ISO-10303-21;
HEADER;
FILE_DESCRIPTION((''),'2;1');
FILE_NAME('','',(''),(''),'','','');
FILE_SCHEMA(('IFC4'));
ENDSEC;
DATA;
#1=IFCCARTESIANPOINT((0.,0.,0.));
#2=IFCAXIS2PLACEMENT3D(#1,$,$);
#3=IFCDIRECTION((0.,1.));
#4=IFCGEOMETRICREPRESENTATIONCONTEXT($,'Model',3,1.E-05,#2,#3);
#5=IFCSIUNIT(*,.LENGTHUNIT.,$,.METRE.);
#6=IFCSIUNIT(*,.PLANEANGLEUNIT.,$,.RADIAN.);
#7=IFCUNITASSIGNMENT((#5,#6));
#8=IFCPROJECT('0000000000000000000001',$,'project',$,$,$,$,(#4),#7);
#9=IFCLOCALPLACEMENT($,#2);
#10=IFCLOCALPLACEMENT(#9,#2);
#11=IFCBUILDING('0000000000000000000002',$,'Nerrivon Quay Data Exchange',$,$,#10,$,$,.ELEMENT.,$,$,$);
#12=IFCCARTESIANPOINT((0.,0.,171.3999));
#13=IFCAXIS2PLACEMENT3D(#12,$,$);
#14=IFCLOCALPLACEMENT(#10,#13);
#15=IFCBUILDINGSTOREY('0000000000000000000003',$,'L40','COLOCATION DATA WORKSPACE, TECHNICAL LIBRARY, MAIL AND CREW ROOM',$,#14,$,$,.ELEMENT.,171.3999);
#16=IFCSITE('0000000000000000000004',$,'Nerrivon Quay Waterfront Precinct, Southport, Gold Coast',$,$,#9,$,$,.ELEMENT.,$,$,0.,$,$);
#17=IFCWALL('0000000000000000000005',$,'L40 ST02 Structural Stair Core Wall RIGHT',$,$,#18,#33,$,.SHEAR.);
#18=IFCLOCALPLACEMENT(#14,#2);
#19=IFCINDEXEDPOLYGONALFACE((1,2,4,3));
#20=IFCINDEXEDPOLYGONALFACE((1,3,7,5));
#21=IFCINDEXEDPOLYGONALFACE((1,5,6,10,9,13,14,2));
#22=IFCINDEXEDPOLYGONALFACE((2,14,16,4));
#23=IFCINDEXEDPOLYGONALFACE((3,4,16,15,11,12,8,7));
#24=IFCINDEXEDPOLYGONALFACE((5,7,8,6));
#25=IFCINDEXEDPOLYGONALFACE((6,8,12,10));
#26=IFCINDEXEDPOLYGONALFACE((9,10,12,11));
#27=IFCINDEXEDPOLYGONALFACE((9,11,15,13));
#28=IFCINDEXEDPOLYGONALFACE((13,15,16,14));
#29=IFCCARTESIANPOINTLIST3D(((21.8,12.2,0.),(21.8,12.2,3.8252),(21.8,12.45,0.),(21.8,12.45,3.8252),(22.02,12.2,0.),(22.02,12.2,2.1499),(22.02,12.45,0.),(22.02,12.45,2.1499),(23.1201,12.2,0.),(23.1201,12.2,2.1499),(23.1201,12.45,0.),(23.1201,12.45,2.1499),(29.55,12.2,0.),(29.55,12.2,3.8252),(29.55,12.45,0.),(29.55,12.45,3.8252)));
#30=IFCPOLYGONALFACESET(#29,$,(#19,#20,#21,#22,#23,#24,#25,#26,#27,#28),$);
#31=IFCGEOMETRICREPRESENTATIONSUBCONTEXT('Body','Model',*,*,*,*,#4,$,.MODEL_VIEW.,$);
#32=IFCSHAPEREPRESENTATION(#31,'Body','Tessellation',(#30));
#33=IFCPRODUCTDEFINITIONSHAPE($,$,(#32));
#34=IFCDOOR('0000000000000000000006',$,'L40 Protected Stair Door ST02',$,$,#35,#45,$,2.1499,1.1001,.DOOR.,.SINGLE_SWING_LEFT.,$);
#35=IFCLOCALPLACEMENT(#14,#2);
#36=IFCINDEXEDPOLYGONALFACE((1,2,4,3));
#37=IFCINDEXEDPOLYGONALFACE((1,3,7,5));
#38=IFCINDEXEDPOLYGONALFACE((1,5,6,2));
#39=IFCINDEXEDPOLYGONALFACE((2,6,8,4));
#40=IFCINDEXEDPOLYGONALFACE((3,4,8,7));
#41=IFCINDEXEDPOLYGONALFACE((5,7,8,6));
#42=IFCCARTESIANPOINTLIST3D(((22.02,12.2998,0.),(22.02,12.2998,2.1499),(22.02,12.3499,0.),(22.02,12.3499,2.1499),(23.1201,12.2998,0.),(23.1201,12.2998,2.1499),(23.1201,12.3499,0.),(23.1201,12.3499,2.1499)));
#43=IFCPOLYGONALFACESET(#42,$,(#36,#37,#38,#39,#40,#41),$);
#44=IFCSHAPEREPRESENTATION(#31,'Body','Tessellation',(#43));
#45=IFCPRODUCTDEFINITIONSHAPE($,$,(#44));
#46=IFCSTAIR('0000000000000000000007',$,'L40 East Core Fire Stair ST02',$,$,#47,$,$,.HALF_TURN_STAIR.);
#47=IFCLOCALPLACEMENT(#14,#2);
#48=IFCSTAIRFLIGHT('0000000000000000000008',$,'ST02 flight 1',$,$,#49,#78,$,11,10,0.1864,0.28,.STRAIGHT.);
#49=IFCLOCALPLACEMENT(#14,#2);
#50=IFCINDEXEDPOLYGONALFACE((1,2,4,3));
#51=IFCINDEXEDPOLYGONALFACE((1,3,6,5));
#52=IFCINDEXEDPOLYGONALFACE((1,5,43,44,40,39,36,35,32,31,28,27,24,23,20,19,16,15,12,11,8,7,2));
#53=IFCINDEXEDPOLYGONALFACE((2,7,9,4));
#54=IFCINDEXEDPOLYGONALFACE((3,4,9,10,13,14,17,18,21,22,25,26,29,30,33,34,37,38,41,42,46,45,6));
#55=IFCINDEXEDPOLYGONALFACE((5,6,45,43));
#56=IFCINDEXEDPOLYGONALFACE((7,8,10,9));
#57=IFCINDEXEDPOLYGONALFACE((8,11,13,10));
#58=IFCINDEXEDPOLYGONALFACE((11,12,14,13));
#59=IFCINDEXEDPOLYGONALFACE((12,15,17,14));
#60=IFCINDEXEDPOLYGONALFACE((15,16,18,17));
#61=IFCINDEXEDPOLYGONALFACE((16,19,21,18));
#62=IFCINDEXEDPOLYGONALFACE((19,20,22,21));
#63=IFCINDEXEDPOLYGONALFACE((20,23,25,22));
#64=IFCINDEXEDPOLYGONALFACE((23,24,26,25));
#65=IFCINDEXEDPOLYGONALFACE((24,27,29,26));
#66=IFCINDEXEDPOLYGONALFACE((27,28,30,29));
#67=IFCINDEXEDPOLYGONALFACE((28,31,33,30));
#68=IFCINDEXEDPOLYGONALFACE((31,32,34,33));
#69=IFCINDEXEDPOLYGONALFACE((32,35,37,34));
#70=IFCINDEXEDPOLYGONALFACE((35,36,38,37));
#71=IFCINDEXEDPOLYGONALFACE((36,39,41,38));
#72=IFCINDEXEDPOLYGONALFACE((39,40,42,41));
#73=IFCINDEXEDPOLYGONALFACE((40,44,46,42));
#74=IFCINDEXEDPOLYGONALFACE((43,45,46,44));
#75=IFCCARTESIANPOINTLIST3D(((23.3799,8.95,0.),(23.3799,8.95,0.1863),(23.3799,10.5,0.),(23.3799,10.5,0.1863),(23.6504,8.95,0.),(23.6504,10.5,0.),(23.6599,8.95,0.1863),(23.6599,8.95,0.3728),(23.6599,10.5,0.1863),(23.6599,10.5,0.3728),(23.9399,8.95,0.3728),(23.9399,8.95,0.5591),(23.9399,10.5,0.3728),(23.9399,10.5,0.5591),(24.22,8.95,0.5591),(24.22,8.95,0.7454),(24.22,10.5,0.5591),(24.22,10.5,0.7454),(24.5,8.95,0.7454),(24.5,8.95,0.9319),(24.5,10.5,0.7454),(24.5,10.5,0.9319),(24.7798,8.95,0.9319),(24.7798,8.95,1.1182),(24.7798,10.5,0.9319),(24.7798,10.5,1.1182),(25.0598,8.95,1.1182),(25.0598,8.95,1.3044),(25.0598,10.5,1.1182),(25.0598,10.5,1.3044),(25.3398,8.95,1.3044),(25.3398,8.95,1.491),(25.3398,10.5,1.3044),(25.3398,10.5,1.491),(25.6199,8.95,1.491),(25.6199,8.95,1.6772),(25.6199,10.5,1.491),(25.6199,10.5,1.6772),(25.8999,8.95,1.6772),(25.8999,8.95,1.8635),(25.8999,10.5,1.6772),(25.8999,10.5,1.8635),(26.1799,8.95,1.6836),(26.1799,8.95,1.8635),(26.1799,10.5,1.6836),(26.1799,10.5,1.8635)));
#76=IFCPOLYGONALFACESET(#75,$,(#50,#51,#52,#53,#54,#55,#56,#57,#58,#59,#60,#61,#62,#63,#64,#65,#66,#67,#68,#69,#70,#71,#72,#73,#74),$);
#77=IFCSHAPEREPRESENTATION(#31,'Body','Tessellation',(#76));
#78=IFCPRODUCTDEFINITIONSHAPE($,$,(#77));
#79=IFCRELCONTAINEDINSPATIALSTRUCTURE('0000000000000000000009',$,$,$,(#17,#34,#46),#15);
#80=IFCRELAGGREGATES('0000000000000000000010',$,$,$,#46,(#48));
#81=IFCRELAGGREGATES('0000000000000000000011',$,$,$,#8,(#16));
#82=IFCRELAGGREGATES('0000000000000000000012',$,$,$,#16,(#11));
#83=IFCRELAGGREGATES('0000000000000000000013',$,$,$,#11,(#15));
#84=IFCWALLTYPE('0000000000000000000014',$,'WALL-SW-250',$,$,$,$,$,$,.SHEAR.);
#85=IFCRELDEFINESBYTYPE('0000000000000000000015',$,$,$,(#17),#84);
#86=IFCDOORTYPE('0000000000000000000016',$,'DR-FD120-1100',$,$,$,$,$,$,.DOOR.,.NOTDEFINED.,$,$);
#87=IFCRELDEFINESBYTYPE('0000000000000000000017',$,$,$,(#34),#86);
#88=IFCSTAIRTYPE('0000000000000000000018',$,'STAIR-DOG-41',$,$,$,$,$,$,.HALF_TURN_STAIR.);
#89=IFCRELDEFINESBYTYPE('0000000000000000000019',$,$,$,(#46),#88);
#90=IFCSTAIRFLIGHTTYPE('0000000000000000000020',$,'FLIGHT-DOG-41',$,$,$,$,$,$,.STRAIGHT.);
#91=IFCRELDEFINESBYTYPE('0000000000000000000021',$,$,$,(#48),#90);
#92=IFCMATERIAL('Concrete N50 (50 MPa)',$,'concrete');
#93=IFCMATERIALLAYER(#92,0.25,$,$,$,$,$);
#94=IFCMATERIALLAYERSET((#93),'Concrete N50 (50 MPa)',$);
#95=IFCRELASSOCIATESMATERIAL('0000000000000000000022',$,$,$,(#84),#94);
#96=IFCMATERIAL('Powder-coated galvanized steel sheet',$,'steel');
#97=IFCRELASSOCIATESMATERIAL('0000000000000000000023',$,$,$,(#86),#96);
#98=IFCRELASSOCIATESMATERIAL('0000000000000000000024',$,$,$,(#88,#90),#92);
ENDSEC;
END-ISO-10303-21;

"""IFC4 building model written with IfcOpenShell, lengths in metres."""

from ifc_helpers import new_model, si_unit, direction, frame, frame_2d, origin, place, context, subcontext, project, spatial, polyline, rectangle, outline, extrude, material, layer, layer_set, type_object, element, fill, aggregate, save


model = new_model("IFC4")

# Units and contexts
model_context = context("Model", 3, precision=1e-05, world=origin(), true_north=direction((0.0, 1.0)))
body_context = subcontext(model_context, "Body", "Model", "MODEL_VIEW")
ifc_project = project(units=[si_unit("LENGTHUNIT", "METRE"), si_unit("PLANEANGLEUNIT", "RADIAN")], contexts=[model_context])

# Site, building, storey
site_placement = place(None, origin())
site = spatial("IfcSite", under=ifc_project, at=site_placement, Name="Nerrivon Quay Waterfront Precinct, Southport, Gold Coast", CompositionType="ELEMENT", RefElevation=0.0)
building_placement = place(site_placement, origin())
building = spatial("IfcBuilding", under=site, at=building_placement, Name="Nerrivon Quay Data Exchange", CompositionType="ELEMENT")
storey_placement = place(building_placement, frame((0.0, 0.0, 171.3999)))
storey = spatial("IfcBuildingStorey", under=building, at=storey_placement, Name="L40", Description="COLOCATION DATA WORKSPACE, TECHNICAL LIBRARY, MAIL AND CREW ROOM", CompositionType="ELEMENT", Elevation=171.3999)

# Shared definitions
ifc_material_1 = material(Name="Powder-coated galvanized steel sheet", Category="steel")

# Shared definitions
ifc_material_2 = material(Name="Concrete N50 (50 MPa)", Category="concrete")
ifc_layer_1 = layer(ifc_material_2, 0.25)
ifc_layer_set_1 = layer_set([ifc_layer_1], Name="Concrete N50 (50 MPa)")
wall_type_1 = type_object("IfcWallType", Name="WALL-SW-250", PredefinedType="SHEAR", material=ifc_layer_set_1)

# Wall, opening, door
wall_1_placement = place(storey_placement, frame((21.8, 12.325, 0.0), z_axis=(0.0, 0.0, 1.0), x_axis=(1.0, 0.0, 0.0)))
wall_1 = element("IfcWall", 1, at=wall_1_placement, inside=storey, type_object=wall_type_1, Name="L40 ST02 Structural Stair Core Wall RIGHT", PredefinedType="SHEAR", context=body_context, shape_type="SweptSolid", body=[
    extrude(rectangle(XDim=7.75, YDim=0.25, at=frame_2d((3.875, 0.0))), origin(), (0.0, 0.0, 1.0), 3.8252),
])
opening_1_placement = place(wall_1_placement, frame((0.22, 0.0, 0.0)))
opening_1 = element("IfcOpeningElement", 2, at=opening_1_placement, cuts=wall_1, PredefinedType="OPENING", context=body_context, shape_type="SweptSolid", body=[
    extrude(rectangle(XDim=1.1001, YDim=2.1499, at=frame_2d((0.55, 1.075))), frame((0.0, 0.135, 0.0), z_axis=(0.0, -1.0, 0.0), x_axis=(1.0, 0.0, 0.0)), (0.0, 0.0, 1.0), 0.27),
])
door_type_1 = type_object("IfcDoorType", Name="DR-FD120-1100", OperationType="NOTDEFINED", PredefinedType="DOOR", material=ifc_material_1)
door_1_placement = place(opening_1_placement, origin())
door_1 = element("IfcDoor", 3, at=door_1_placement, inside=storey, type_object=door_type_1, Name="L40 Protected Stair Door ST02", OperationType="SINGLE_SWING_LEFT", OverallHeight=2.1499, OverallWidth=1.1001, PredefinedType="DOOR", context=body_context, shape_type="SweptSolid", body=[
    extrude(rectangle(XDim=1.1001, YDim=2.1499, at=frame_2d((0.55, 1.075))), frame((0.0, 0.0249, 0.0), z_axis=(0.0, -1.0, 0.0), x_axis=(1.0, 0.0, 0.0)), (0.0, 0.0, 1.0), 0.05),
])
fill(opening_1, door_1)

# Stair, stair flight
stair_type = type_object("IfcStairType", Name="STAIR-DOG-41", PredefinedType="HALF_TURN_STAIR", material=ifc_material_2)
stair_placement = place(storey_placement, origin())
stair = element("IfcStair", 4, at=stair_placement, inside=storey, type_object=stair_type, Name="L40 East Core Fire Stair ST02", PredefinedType="HALF_TURN_STAIR")
stair_flight_type = type_object("IfcStairFlightType", Name="FLIGHT-DOG-41", PredefinedType="STRAIGHT", material=ifc_material_2)
stair_flight_placement = place(storey_placement, frame((23.3799, 9.7251, 0.0), z_axis=(0.0, 0.0, 1.0), x_axis=(1.0, 0.0, 0.0)))
stair_flight = element("IfcStairFlight", 5, at=stair_flight_placement, type_object=stair_flight_type, Name="ST02 flight 1", NumberOfRisers=11, NumberOfTreads=10, PredefinedType="STRAIGHT", RiserHeight=0.1864, TreadLength=0.28, context=body_context, shape_type="SweptSolid", body=[
    extrude(outline(polyline([(0.0, 0.0), (0.0, 0.1863), (0.28, 0.1863), (0.28, 0.3728), (0.5601, 0.3728), (0.5601, 0.5591), (0.8401, 0.5591), (0.8401, 0.7454), (1.1201, 0.7454), (1.1201, 0.9319), (1.3999, 0.9319), (1.3999, 1.1182), (1.6799, 1.1182), (1.6799, 1.3044), (1.96, 1.3044), (1.96, 1.491), (2.24, 1.491), (2.24, 1.6772), (2.52, 1.6772), (2.52, 1.8635), (2.8, 1.8635), (2.8, 2.05), (2.8, 1.6836), (0.2705, 0.0), (0.0, 0.0)])), frame((0.0, 0.7749, 0.0), z_axis=(0.0, -1.0, 0.0), x_axis=(1.0, 0.0, 0.0)), (0.0, 0.0, 1.0), 1.55),
])
aggregate(stair, [stair_flight])

save(model, "model.ifc")
